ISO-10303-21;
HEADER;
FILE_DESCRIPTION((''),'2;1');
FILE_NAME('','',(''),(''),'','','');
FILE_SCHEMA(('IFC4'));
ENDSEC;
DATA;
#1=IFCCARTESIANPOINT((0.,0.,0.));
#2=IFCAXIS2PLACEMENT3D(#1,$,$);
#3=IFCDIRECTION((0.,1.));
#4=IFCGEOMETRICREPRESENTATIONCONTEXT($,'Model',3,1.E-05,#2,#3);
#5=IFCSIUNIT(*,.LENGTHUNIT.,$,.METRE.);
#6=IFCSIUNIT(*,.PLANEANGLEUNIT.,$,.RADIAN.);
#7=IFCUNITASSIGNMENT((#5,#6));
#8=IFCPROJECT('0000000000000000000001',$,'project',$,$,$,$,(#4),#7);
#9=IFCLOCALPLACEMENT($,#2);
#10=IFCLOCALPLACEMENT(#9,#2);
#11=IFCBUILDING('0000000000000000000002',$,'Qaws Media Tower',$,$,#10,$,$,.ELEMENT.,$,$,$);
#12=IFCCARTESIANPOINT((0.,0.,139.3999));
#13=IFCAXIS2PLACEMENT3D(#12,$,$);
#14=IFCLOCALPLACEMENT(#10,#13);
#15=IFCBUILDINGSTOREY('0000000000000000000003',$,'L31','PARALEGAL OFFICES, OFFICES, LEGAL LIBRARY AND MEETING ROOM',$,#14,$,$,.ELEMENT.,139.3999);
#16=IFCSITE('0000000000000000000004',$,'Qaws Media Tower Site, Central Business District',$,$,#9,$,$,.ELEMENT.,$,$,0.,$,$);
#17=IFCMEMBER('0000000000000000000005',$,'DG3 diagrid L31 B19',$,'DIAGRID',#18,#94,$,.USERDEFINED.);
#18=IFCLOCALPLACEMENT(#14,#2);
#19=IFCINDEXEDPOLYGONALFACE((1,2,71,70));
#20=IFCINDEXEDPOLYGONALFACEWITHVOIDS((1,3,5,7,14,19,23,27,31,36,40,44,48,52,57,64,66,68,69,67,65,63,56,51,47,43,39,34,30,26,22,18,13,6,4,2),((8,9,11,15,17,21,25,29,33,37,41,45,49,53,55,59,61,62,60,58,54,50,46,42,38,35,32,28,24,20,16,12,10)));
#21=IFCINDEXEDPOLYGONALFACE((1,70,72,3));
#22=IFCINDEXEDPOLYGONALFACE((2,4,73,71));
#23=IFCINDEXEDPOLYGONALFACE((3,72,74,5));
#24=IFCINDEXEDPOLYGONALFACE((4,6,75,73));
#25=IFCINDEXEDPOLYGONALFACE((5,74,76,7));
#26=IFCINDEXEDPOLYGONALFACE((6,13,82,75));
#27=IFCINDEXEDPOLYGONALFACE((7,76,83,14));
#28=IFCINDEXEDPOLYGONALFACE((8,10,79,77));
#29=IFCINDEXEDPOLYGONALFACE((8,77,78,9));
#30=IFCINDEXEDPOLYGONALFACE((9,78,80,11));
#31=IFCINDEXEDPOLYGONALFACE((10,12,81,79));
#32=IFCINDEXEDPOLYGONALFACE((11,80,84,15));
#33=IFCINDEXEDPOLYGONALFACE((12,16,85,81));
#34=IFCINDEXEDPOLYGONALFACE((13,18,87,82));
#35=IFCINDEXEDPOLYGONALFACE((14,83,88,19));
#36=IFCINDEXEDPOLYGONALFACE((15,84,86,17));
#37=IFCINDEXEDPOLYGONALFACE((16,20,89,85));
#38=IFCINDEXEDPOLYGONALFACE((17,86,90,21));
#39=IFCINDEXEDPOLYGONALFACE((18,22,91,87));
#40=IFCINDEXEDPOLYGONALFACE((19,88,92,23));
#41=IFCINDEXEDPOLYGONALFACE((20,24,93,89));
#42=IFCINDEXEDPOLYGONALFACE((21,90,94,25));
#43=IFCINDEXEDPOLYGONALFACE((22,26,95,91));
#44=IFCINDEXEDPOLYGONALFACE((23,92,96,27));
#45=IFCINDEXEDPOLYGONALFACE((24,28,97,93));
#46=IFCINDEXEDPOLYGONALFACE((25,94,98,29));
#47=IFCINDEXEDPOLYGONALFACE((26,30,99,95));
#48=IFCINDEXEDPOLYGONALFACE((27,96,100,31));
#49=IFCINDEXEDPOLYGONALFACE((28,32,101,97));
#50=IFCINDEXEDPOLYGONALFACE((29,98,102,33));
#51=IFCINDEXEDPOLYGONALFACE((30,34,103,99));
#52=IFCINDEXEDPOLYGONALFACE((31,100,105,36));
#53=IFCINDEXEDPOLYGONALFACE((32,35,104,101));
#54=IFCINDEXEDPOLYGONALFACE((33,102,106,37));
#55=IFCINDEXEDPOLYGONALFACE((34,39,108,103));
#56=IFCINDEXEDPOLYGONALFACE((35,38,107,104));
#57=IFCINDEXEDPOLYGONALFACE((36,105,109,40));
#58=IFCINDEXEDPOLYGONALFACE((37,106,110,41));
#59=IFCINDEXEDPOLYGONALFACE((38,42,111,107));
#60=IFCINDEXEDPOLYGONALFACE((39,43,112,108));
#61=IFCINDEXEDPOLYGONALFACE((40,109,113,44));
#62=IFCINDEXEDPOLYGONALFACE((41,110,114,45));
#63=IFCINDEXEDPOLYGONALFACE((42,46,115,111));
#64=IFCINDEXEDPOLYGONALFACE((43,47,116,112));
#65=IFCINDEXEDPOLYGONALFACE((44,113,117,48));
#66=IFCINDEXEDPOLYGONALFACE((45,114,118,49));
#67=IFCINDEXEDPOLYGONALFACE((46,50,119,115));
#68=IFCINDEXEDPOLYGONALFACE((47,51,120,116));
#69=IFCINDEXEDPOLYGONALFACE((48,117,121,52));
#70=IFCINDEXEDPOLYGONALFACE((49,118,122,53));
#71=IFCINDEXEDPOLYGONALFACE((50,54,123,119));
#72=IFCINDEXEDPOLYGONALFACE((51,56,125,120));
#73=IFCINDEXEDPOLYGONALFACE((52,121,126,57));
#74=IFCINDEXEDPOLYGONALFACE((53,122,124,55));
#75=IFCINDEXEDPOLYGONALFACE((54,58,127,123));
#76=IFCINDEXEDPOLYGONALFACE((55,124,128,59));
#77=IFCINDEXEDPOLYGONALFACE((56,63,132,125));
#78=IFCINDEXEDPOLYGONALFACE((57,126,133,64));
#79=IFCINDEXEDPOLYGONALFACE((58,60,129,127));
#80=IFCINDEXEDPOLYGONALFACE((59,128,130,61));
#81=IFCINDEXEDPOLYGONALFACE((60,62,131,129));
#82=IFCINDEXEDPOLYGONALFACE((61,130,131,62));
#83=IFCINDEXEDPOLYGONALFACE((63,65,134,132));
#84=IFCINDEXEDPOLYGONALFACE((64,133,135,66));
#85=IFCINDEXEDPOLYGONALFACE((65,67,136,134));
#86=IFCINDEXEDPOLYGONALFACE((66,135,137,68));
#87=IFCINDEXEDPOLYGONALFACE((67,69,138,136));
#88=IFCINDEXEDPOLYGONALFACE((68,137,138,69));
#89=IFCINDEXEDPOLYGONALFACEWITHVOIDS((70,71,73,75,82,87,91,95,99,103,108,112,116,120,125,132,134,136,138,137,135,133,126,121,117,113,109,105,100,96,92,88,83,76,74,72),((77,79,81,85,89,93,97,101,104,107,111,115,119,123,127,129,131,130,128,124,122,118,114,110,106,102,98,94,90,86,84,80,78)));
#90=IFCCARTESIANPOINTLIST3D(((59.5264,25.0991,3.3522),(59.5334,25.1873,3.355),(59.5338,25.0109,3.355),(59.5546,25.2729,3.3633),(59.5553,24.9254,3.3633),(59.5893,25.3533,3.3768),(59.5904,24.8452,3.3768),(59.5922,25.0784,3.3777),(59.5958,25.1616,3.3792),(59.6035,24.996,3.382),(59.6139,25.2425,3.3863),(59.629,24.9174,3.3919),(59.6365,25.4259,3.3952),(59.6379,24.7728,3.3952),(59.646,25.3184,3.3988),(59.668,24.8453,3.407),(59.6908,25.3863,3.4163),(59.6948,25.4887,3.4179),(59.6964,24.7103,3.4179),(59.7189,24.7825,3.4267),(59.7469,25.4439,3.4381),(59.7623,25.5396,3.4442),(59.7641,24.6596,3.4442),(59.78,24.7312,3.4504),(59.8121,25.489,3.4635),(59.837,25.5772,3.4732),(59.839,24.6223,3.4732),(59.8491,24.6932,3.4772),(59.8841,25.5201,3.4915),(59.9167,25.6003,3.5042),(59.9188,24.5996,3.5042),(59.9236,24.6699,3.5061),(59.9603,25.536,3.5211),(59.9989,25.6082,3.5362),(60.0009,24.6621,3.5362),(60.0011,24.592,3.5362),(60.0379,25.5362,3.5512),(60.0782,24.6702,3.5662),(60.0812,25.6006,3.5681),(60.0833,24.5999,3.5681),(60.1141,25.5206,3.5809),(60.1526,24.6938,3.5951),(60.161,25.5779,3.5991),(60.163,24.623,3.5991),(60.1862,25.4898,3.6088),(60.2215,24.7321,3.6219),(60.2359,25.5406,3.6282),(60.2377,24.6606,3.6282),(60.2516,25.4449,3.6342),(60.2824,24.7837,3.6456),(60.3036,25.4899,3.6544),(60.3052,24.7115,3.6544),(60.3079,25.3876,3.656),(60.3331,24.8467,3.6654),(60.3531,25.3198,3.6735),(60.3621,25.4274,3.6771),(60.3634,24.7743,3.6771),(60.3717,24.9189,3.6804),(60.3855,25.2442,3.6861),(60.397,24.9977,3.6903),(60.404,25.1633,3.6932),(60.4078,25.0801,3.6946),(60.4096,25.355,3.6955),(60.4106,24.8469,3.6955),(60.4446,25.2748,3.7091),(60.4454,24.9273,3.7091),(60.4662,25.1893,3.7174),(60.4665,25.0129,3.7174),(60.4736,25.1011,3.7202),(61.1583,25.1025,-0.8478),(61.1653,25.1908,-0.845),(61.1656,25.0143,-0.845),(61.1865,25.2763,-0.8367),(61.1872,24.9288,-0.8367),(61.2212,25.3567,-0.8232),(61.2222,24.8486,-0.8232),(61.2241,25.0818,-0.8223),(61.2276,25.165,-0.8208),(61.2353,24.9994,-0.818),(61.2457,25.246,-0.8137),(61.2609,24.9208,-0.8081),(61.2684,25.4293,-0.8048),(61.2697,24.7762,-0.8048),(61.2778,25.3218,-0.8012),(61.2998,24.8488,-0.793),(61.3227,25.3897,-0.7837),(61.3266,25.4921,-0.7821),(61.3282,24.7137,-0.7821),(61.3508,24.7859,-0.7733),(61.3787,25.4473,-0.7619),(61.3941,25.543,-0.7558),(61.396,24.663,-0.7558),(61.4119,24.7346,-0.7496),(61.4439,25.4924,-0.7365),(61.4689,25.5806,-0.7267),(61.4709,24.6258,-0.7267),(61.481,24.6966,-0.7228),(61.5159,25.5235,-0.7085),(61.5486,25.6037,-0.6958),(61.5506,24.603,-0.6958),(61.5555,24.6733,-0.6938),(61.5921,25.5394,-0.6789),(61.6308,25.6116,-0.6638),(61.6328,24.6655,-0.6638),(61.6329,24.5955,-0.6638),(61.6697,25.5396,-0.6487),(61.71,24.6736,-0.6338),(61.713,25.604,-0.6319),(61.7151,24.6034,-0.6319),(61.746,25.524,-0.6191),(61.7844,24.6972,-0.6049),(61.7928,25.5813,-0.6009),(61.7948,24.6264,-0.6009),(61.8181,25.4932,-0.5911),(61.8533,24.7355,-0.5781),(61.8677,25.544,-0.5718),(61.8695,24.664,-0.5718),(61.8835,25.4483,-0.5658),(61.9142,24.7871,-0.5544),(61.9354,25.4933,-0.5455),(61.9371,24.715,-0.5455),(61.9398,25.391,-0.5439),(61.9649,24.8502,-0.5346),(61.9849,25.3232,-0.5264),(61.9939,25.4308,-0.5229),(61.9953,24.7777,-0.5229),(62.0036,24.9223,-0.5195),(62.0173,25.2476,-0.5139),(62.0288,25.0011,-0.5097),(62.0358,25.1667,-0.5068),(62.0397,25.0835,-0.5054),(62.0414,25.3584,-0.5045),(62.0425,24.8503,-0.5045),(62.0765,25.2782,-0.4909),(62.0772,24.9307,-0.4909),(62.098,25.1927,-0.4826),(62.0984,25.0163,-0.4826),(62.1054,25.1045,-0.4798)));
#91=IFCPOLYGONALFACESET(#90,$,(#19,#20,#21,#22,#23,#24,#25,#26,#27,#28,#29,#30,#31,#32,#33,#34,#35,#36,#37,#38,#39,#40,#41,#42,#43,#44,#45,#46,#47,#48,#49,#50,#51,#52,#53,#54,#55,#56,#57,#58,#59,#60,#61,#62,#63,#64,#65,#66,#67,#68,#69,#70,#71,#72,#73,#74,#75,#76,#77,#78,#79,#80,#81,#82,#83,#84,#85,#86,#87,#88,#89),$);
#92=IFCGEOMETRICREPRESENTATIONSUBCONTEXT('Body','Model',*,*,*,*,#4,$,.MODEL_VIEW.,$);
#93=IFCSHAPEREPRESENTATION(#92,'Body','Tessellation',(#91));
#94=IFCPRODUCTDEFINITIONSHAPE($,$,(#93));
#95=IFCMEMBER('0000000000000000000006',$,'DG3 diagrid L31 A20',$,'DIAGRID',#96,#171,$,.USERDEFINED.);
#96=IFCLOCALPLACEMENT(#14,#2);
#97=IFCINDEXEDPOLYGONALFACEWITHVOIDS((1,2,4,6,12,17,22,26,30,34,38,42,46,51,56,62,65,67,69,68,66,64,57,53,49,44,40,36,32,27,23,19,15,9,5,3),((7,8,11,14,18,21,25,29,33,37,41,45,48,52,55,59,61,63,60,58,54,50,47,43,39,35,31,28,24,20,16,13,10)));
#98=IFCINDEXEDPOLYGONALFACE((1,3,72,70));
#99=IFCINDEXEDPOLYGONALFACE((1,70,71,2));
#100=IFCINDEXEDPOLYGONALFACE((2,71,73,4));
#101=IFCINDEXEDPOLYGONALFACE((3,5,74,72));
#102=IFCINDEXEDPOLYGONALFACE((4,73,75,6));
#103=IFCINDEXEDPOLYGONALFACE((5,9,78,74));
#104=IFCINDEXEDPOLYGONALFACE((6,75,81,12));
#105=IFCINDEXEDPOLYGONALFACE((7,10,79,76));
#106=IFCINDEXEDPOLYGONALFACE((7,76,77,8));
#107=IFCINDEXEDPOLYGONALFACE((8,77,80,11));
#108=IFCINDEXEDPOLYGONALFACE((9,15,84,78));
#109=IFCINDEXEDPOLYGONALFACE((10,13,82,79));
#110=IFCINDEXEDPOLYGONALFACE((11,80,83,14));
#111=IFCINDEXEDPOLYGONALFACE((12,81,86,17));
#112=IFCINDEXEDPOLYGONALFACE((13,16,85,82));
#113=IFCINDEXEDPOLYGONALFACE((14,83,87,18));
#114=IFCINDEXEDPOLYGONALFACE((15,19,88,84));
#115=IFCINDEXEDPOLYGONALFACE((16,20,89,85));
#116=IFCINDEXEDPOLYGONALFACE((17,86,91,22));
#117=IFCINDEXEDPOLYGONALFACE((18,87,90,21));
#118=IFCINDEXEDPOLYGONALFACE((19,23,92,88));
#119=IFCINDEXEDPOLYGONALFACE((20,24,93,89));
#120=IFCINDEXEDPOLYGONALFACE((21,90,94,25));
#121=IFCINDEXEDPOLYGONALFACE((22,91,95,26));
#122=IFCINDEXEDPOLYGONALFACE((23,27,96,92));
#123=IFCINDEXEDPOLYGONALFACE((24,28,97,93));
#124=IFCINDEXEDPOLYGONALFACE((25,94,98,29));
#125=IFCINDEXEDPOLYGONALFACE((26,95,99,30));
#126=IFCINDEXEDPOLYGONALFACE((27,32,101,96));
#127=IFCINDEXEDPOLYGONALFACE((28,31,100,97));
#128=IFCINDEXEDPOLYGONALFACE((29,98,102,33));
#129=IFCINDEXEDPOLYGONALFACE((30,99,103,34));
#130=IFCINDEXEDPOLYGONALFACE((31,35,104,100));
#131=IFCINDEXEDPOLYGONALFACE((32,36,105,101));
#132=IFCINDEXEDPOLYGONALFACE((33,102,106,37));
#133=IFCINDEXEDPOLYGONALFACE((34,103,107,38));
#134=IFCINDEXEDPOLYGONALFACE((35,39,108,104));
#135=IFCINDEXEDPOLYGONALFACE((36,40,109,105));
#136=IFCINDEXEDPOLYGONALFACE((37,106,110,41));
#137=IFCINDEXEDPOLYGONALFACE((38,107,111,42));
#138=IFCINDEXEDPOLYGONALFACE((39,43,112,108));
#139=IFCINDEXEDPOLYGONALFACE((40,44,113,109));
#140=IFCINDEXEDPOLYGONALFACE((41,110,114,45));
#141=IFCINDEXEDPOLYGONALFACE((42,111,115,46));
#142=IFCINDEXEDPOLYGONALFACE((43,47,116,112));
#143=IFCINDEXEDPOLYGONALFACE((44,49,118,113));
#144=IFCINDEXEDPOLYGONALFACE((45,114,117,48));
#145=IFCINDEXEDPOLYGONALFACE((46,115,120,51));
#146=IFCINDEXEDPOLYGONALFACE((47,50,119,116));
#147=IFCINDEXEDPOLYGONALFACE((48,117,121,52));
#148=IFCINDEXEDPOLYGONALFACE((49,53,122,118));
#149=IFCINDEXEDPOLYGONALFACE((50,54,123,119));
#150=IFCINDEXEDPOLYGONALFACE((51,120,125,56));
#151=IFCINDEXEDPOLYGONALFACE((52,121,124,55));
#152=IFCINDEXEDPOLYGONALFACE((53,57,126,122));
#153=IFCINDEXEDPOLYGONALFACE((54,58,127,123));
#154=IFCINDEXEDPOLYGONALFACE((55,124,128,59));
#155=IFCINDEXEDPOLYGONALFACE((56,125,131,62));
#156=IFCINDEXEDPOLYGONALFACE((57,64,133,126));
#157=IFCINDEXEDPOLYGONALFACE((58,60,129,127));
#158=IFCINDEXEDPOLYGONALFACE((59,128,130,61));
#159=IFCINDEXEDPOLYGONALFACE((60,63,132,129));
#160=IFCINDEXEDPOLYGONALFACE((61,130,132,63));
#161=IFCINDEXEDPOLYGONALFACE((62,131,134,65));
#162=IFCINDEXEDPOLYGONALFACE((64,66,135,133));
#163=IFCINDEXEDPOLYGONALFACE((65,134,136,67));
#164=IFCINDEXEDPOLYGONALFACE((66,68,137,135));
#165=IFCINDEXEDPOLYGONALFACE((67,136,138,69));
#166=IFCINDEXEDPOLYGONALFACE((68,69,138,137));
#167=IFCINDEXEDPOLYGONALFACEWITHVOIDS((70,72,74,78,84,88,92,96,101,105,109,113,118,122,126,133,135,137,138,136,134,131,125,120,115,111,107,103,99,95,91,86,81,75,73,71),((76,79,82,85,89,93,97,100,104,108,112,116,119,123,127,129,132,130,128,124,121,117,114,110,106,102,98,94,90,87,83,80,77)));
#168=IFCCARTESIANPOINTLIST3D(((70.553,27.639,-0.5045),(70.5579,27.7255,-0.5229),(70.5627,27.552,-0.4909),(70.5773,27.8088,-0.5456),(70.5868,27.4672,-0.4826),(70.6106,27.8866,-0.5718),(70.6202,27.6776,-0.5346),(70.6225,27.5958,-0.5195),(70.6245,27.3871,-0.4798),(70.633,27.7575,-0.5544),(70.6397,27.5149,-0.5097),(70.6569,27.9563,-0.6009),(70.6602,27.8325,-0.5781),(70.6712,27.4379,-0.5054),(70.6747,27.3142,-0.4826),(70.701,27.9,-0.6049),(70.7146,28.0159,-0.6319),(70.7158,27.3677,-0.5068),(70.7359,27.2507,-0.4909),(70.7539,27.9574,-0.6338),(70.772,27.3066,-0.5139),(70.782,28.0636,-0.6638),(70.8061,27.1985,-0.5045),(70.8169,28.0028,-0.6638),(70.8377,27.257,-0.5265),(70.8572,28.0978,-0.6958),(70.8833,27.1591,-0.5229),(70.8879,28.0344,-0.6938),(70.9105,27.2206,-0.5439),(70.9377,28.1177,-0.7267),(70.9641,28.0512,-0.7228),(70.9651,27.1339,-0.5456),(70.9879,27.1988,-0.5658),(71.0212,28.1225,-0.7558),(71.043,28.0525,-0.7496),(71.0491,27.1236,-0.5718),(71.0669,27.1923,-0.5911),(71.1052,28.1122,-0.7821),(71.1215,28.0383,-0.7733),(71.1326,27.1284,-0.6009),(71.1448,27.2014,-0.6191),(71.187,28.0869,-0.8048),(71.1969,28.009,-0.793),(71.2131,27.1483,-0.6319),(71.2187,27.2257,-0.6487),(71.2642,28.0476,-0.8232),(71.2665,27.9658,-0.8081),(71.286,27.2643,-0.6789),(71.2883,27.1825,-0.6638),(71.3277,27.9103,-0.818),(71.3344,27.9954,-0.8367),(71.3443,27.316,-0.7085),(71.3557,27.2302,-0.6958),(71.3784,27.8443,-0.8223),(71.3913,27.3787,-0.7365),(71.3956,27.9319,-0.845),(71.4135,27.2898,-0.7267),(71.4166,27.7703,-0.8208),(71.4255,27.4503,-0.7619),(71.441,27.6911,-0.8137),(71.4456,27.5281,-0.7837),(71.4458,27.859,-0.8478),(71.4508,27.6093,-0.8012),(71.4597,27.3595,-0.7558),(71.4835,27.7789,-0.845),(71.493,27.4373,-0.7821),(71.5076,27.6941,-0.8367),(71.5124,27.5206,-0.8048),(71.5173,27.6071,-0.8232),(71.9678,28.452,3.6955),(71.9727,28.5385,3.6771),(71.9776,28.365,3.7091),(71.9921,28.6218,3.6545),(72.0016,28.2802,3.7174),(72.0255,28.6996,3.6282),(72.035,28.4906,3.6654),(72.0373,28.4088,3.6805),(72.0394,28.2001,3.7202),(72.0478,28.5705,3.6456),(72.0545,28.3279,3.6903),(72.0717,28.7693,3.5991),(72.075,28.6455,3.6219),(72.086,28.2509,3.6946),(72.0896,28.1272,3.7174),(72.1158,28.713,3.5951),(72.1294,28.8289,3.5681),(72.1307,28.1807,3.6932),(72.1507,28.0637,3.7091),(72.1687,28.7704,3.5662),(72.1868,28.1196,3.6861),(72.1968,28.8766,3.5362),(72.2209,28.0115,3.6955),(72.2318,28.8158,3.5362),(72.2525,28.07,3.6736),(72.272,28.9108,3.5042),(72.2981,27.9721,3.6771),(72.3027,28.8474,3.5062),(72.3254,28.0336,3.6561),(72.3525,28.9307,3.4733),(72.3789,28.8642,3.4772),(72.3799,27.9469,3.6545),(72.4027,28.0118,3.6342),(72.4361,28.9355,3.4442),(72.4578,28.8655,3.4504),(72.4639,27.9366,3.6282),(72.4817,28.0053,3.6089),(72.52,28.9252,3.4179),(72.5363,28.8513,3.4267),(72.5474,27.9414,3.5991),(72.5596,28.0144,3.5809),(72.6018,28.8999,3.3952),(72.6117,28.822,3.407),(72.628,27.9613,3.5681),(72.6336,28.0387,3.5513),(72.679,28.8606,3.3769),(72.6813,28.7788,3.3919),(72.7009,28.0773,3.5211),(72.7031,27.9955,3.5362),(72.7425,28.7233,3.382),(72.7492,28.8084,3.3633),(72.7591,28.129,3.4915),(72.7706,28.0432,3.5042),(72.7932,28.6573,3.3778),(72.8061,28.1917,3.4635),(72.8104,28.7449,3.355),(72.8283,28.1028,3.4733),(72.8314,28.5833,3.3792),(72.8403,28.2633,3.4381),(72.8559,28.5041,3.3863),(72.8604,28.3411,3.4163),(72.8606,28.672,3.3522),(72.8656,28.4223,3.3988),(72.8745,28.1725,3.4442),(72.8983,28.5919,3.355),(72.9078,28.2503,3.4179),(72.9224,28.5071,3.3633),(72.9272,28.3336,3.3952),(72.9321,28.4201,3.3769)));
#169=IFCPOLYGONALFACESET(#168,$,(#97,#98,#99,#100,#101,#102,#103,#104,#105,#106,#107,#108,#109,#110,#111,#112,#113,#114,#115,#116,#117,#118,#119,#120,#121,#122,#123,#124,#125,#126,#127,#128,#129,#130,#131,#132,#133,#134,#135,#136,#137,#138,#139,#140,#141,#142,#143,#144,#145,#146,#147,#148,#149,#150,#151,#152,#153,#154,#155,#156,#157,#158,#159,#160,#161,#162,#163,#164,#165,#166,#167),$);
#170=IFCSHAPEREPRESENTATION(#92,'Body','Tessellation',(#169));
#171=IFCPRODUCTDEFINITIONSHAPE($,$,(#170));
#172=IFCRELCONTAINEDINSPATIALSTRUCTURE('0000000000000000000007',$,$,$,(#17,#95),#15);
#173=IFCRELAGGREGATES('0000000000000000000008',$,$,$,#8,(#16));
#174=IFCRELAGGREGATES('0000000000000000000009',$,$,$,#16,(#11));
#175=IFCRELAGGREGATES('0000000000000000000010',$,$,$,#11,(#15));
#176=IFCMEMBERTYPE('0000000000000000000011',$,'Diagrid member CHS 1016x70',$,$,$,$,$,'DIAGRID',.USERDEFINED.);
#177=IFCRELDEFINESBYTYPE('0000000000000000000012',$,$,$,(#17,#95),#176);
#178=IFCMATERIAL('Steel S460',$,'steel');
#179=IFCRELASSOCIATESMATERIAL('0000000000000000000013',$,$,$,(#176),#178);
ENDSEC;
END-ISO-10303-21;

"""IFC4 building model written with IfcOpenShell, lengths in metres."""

from ifc_helpers import new_model, si_unit, direction, frame, origin, origin_2d, place, context, subcontext, project, spatial, hollow_circle, extrude, material, material_profile, profile_set, type_object, element, save


model = new_model("IFC4")

# Units and contexts
model_context = context("Model", 3, precision=1e-05, world=origin(), true_north=direction((0.0, 1.0)))
body_context = subcontext(model_context, "Body", "Model", "MODEL_VIEW")
ifc_project = project(units=[si_unit("LENGTHUNIT", "METRE"), si_unit("PLANEANGLEUNIT", "RADIAN")], contexts=[model_context])

# Site, building, storey
site_placement = place(None, origin())
site = spatial("IfcSite", under=ifc_project, at=site_placement, Name="Qaws Media Tower Site, Central Business District", CompositionType="ELEMENT", RefElevation=0.0)
building_placement = place(site_placement, origin())
building = spatial("IfcBuilding", under=site, at=building_placement, Name="Qaws Media Tower", CompositionType="ELEMENT")
storey_placement = place(building_placement, frame((0.0, 0.0, 139.3999)))
storey = spatial("IfcBuildingStorey", under=building, at=storey_placement, Name="L31", Description="PARALEGAL OFFICES, OFFICES, LEGAL LIBRARY AND MEETING ROOM", CompositionType="ELEMENT", Elevation=139.3999)

# Members
ifc_material_1 = material(Name="Steel S460", Category="steel")
ifc_material_profile_1 = material_profile(ifc_material_1, hollow_circle(Radius=0.5081, WallThickness=0.0701, at=origin_2d()), Name="CHS 1016x70")
ifc_profile_set_1 = profile_set([ifc_material_profile_1], Name="Steel S460")
member_type_1 = type_object("IfcMemberType", Name="Diagrid member CHS 1016x70", ElementType="DIAGRID", PredefinedType="USERDEFINED", material=ifc_profile_set_1)
for number, where, z_axis, x_axis, name in (
    (1, (61.6318, 25.1035, -0.6638), (-0.362161, -0.000759, 0.932115), (0.002095, -0.999998, 0.0), "DG3 diagrid L31 B19"),
    (2, (71.0352, 27.623, -0.6638), (0.313995, 0.180432, 0.932122), (-0.498232, 0.867044, 0.0), "DG3 diagrid L31 A20"),
):
    element("IfcMember", number, at=place(storey_placement, frame(where, z_axis=z_axis, x_axis=x_axis)), inside=storey, type_object=member_type_1, Name=name, ObjectType="DIAGRID", PredefinedType="USERDEFINED", context=body_context, shape_type="SweptSolid", body=[
        extrude(hollow_circle(Radius=0.5081, WallThickness=0.0701, at=origin_2d()), origin(), (0.0, 0.0, 1.0), 4.5059),
    ])

save(model, "model.ifc")
